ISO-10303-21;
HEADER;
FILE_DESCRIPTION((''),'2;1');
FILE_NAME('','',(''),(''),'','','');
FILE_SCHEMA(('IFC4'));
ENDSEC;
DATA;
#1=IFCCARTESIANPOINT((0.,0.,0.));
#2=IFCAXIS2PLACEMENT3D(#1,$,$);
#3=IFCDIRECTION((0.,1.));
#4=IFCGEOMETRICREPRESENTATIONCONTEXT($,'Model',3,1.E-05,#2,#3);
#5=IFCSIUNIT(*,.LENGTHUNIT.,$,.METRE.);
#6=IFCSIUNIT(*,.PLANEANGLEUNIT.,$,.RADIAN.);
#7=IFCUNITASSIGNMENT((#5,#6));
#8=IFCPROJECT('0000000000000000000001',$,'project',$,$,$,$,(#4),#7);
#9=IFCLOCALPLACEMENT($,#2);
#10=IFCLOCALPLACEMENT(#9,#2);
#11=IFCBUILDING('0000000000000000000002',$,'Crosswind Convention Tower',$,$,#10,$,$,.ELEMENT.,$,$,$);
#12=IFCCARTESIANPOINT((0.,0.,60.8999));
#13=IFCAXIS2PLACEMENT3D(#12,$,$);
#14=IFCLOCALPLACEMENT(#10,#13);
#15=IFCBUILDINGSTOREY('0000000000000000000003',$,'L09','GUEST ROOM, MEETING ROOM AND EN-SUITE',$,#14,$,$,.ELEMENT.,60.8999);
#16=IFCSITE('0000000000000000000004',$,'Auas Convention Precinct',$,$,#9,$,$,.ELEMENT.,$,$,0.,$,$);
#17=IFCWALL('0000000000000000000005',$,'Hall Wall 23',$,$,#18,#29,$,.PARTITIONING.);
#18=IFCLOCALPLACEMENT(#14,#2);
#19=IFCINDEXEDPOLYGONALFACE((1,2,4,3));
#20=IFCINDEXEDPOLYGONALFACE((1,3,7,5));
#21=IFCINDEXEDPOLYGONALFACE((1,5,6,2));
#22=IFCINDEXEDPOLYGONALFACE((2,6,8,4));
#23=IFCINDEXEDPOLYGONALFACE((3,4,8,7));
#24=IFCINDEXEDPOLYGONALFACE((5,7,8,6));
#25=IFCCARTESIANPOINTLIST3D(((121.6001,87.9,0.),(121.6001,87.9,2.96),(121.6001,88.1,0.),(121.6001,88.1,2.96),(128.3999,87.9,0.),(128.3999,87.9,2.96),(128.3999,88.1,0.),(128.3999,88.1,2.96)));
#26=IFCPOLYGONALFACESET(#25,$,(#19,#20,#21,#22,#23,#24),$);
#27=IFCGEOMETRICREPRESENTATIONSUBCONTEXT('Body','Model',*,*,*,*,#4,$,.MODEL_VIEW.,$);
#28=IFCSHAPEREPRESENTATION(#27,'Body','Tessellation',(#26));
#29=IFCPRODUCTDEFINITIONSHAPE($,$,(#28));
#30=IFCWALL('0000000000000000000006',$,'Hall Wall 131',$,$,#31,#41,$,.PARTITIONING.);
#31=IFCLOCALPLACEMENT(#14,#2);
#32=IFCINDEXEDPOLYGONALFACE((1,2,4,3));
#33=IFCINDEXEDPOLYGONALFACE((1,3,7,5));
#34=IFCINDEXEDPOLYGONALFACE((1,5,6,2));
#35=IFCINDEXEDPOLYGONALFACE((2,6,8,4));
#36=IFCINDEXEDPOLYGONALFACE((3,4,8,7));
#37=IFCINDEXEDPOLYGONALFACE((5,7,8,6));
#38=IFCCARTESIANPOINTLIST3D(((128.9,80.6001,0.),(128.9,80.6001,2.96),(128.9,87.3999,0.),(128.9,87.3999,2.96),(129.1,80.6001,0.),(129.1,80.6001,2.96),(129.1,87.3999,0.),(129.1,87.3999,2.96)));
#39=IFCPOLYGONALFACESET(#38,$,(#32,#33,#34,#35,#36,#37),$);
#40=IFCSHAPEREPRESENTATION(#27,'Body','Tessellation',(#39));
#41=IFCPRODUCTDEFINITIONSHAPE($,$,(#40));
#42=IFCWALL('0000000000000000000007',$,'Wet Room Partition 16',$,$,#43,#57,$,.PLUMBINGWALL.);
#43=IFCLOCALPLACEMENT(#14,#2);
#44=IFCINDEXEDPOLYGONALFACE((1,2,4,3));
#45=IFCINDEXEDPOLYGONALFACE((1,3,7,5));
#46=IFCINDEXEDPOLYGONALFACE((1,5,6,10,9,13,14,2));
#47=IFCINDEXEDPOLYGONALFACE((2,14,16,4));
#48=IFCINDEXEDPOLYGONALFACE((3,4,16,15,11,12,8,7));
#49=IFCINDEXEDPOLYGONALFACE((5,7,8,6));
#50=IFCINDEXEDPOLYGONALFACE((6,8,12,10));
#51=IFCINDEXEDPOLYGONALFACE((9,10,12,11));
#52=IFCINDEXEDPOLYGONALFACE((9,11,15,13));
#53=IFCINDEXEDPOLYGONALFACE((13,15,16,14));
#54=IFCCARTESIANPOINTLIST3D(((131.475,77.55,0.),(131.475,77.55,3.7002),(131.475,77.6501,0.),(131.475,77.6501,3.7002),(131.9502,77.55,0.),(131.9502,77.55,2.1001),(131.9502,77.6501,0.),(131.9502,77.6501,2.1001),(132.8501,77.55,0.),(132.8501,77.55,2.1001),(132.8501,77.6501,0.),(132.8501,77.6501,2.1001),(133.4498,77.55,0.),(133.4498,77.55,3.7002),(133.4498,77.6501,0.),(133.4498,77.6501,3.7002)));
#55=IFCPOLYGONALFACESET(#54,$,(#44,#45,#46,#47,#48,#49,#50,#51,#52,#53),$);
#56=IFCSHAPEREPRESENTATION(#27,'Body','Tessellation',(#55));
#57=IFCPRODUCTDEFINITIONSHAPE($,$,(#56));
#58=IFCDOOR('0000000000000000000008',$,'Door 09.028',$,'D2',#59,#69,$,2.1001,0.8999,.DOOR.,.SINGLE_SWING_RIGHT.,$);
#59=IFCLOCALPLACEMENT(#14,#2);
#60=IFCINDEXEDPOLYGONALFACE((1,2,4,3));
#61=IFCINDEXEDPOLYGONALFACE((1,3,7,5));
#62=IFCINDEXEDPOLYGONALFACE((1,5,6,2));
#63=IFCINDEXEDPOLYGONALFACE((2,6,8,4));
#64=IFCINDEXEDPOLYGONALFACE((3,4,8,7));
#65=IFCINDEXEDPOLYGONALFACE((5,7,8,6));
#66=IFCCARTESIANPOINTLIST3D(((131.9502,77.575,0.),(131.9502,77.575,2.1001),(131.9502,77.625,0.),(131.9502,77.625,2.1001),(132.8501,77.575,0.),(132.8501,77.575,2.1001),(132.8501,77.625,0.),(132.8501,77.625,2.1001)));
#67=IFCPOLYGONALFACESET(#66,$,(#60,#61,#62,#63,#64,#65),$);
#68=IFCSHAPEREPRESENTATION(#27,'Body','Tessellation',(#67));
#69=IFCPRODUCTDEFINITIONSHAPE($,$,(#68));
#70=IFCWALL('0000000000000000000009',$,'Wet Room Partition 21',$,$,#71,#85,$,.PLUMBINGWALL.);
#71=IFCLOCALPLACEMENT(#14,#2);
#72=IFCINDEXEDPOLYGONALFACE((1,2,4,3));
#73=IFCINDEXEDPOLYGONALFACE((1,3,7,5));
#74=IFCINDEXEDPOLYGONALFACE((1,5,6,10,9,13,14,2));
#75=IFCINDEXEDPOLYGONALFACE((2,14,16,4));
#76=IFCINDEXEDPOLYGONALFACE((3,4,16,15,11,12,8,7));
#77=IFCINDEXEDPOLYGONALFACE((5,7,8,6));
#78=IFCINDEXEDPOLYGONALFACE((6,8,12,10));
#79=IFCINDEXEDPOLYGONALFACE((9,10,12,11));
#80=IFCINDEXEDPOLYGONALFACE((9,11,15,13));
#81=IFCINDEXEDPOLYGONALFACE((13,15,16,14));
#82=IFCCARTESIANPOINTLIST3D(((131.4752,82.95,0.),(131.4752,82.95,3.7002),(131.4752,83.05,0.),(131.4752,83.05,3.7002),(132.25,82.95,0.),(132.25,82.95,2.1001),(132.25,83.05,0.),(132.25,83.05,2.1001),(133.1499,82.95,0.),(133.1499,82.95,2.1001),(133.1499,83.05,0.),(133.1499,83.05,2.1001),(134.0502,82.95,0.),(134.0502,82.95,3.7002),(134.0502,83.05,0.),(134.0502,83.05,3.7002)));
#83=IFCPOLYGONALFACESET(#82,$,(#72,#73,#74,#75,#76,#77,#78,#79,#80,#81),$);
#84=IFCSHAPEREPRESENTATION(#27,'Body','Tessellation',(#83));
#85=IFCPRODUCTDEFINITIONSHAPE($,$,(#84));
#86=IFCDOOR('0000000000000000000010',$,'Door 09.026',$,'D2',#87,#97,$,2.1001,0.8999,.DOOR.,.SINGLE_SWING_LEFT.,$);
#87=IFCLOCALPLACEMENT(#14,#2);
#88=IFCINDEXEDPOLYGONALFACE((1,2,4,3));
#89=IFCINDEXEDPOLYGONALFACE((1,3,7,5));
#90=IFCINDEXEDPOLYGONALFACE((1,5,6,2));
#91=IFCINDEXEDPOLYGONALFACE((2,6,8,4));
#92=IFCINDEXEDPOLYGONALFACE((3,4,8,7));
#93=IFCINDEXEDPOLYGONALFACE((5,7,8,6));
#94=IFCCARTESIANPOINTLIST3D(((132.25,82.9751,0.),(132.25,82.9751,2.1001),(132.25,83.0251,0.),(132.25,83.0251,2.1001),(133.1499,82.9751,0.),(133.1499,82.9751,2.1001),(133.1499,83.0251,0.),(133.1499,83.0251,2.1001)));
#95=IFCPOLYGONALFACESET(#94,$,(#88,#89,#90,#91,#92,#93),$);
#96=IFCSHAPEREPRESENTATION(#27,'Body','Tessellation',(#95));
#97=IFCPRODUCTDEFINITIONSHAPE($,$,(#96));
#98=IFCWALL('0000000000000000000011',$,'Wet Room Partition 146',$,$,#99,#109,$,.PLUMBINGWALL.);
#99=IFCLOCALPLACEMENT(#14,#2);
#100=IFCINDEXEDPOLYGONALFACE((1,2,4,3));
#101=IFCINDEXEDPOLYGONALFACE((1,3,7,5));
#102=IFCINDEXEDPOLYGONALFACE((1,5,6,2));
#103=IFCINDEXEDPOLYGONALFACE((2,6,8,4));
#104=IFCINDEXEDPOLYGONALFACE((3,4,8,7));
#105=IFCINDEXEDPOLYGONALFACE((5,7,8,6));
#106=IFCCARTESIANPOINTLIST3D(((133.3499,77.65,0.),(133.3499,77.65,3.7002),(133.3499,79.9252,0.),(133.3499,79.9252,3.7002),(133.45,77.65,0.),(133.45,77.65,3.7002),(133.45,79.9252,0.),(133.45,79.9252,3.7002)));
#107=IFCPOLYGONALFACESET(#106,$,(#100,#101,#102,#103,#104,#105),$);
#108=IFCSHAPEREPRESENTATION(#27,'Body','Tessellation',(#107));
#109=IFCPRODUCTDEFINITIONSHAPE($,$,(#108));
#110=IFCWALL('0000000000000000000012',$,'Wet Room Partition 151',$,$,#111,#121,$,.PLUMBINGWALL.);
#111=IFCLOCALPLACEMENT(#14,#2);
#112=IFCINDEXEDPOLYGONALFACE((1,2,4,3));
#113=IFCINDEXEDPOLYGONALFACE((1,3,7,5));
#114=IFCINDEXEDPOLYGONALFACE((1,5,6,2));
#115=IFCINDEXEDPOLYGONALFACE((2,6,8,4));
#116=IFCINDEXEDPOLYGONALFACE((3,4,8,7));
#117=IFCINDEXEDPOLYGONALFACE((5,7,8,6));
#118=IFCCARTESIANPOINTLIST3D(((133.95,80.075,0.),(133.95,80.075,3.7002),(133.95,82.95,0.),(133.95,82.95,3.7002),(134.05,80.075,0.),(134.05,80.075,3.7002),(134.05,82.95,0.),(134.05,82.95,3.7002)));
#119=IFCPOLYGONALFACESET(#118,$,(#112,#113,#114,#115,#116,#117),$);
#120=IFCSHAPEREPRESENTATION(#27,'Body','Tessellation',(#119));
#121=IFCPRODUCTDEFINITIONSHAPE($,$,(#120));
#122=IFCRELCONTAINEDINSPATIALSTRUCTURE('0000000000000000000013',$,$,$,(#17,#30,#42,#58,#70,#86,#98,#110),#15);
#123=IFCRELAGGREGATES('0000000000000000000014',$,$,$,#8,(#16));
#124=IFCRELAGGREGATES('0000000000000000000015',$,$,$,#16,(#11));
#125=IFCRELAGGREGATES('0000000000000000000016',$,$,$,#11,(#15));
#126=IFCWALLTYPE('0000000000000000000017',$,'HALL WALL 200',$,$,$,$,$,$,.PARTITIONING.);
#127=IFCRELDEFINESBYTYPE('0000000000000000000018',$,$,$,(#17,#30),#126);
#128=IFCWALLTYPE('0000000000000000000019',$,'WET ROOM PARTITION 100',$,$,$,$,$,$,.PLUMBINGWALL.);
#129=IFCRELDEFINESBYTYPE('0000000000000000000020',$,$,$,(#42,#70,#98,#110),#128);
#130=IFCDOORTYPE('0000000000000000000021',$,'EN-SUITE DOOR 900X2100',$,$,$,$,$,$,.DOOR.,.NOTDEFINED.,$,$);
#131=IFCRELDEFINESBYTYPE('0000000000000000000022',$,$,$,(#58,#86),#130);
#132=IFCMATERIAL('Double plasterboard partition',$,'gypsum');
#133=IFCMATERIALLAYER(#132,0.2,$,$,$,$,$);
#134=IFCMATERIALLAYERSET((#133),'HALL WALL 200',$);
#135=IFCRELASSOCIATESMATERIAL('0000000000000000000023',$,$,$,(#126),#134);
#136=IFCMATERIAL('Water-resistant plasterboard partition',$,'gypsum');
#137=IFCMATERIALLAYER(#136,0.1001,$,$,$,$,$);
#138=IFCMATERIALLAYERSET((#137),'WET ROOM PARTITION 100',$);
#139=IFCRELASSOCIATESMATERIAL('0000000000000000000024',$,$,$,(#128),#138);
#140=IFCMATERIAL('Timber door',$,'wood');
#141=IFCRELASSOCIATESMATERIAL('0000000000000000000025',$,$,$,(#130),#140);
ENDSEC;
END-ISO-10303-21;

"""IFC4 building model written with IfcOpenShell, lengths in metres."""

from ifc_helpers import new_model, si_unit, direction, frame, frame_2d, origin, place, context, subcontext, project, spatial, rectangle, extrude, material, layer, layer_set, type_object, element, fill, save


model = new_model("IFC4")

# Units and contexts
model_context = context("Model", 3, precision=1e-05, world=origin(), true_north=direction((0.0, 1.0)))
body_context = subcontext(model_context, "Body", "Model", "MODEL_VIEW")
ifc_project = project(units=[si_unit("LENGTHUNIT", "METRE"), si_unit("PLANEANGLEUNIT", "RADIAN")], contexts=[model_context])

# Site, building, storey
site_placement = place(None, origin())
site = spatial("IfcSite", under=ifc_project, at=site_placement, Name="Auas Convention Precinct", CompositionType="ELEMENT", RefElevation=0.0)
building_placement = place(site_placement, origin())
building = spatial("IfcBuilding", under=site, at=building_placement, Name="Crosswind Convention Tower", CompositionType="ELEMENT")
storey_placement = place(building_placement, frame((0.0, 0.0, 60.8999)))
storey = spatial("IfcBuildingStorey", under=building, at=storey_placement, Name="L09", Description="GUEST ROOM, MEETING ROOM AND EN-SUITE", CompositionType="ELEMENT", Elevation=60.8999)

# Walls
ifc_material_1 = material(Name="Double plasterboard partition", Category="gypsum")
ifc_layer_1 = layer(ifc_material_1, 0.2)
ifc_layer_set_1 = layer_set([ifc_layer_1], Name="HALL WALL 200")
wall_type_1 = type_object("IfcWallType", Name="HALL WALL 200", PredefinedType="PARTITIONING", material=ifc_layer_set_1)
for number, where, z_axis, x_axis, name in (
    (1, (121.6001, 88.0, 0.0), (0.0, 0.0, 1.0), (1.0, 0.0, 0.0), "Hall Wall 23"),
    (2, (129.0, 80.6001, 0.0), (0.0, 0.0, 1.0), (0.0, 1.0, 0.0), "Hall Wall 131"),
):
    element("IfcWall", number, at=place(storey_placement, frame(where, z_axis=z_axis, x_axis=x_axis)), inside=storey, type_object=wall_type_1, Name=name, PredefinedType="PARTITIONING", context=body_context, shape_type="SweptSolid", body=[
        extrude(rectangle(XDim=6.7998, YDim=0.2, at=frame_2d((3.3999, 0.0))), origin(), (0.0, 0.0, 1.0), 2.96),
    ])

# Walls, openings, doors
ifc_material_2 = material(Name="Water-resistant plasterboard partition", Category="gypsum")
ifc_layer_2 = layer(ifc_material_2, 0.1001)
ifc_layer_set_2 = layer_set([ifc_layer_2], Name="WET ROOM PARTITION 100")
wall_type_2 = type_object("IfcWallType", Name="WET ROOM PARTITION 100", PredefinedType="PLUMBINGWALL", material=ifc_layer_set_2)
wall_1_placement = place(storey_placement, frame((131.4751, 77.6001, 0.0), z_axis=(0.0, 0.0, 1.0), x_axis=(1.0, 0.0, 0.0)))
wall_1 = element("IfcWall", 3, at=wall_1_placement, inside=storey, type_object=wall_type_2, Name="Wet Room Partition 16", PredefinedType="PLUMBINGWALL", context=body_context, shape_type="SweptSolid", body=[
    extrude(rectangle(XDim=1.9749, YDim=0.1001, at=frame_2d((0.9873, 0.0))), origin(), (0.0, 0.0, 1.0), 3.7002),
])
opening_1_placement = place(wall_1_placement, frame((0.4751, 0.0, 0.0)))
opening_1 = element("IfcOpeningElement", 4, at=opening_1_placement, cuts=wall_1, PredefinedType="OPENING", context=body_context, shape_type="SweptSolid", body=[
    extrude(rectangle(XDim=0.8999, YDim=2.1001, at=frame_2d((0.45, 1.05))), frame((0.0, 0.0601, 0.0), z_axis=(0.0, -1.0, 0.0), x_axis=(1.0, 0.0, 0.0)), (0.0, 0.0, 1.0), 0.1201),
])
ifc_material_3 = material(Name="Timber door", Category="wood")
door_type = type_object("IfcDoorType", Name="EN-SUITE DOOR 900X2100", OperationType="NOTDEFINED", PredefinedType="DOOR", material=ifc_material_3)
door_1_placement = place(opening_1_placement, origin())
door_1 = element("IfcDoor", 5, at=door_1_placement, inside=storey, type_object=door_type, Name="Door 09.028", ObjectType="D2", OperationType="SINGLE_SWING_RIGHT", OverallHeight=2.1001, OverallWidth=0.8999, PredefinedType="DOOR", context=body_context, shape_type="SweptSolid", body=[
    extrude(rectangle(XDim=0.8999, YDim=2.1001, at=frame_2d((0.45, 1.05))), frame((0.0, 0.0249, 0.0), z_axis=(0.0, -1.0, 0.0), x_axis=(1.0, 0.0, 0.0)), (0.0, 0.0, 1.0), 0.05),
])
fill(opening_1, door_1)
wall_2_placement = place(storey_placement, frame((131.4751, 83.0, 0.0), z_axis=(0.0, 0.0, 1.0), x_axis=(1.0, 0.0, 0.0)))
wall_2 = element("IfcWall", 6, at=wall_2_placement, inside=storey, type_object=wall_type_2, Name="Wet Room Partition 21", PredefinedType="PLUMBINGWALL", context=body_context, shape_type="SweptSolid", body=[
    extrude(rectangle(XDim=2.575, YDim=0.1001, at=frame_2d((1.2876, 0.0))), origin(), (0.0, 0.0, 1.0), 3.7002),
])
opening_2_placement = place(wall_2_placement, frame((0.7749, 0.0, 0.0)))
opening_2 = element("IfcOpeningElement", 7, at=opening_2_placement, cuts=wall_2, PredefinedType="OPENING", context=body_context, shape_type="SweptSolid", body=[
    extrude(rectangle(XDim=0.8999, YDim=2.1001, at=frame_2d((0.45, 1.05))), frame((0.0, 0.0601, 0.0), z_axis=(0.0, -1.0, 0.0), x_axis=(1.0, 0.0, 0.0)), (0.0, 0.0, 1.0), 0.1201),
])
door_2_placement = place(opening_2_placement, frame((0.8999, 0.0, 0.0), z_axis=(0.0, 0.0, 1.0), x_axis=(-1.0, 0.0, 0.0)))
door_2 = element("IfcDoor", 8, at=door_2_placement, inside=storey, type_object=door_type, Name="Door 09.026", ObjectType="D2", OperationType="SINGLE_SWING_LEFT", OverallHeight=2.1001, OverallWidth=0.8999, PredefinedType="DOOR", context=body_context, shape_type="SweptSolid", body=[
    extrude(rectangle(XDim=0.8999, YDim=2.1001, at=frame_2d((0.45, 1.05))), frame((0.0, 0.0249, 0.0), z_axis=(0.0, -1.0, 0.0), x_axis=(1.0, 0.0, 0.0)), (0.0, 0.0, 1.0), 0.05),
])
fill(opening_2, door_2)

# Walls
wall_3_placement = place(storey_placement, frame((133.3999, 77.6499, 0.0), z_axis=(0.0, 0.0, 1.0), x_axis=(0.0, 1.0, 0.0)))
element("IfcWall", 9, at=wall_3_placement, inside=storey, type_object=wall_type_2, Name="Wet Room Partition 146", PredefinedType="PLUMBINGWALL", context=body_context, shape_type="SweptSolid", body=[
    extrude(rectangle(XDim=2.2751, YDim=0.1001, at=frame_2d((1.1377, 0.0))), origin(), (0.0, 0.0, 1.0), 3.7002),
])
wall_4_placement = place(storey_placement, frame((134.0, 80.075, 0.0), z_axis=(0.0, 0.0, 1.0), x_axis=(0.0, 1.0, 0.0)))
element("IfcWall", 10, at=wall_4_placement, inside=storey, type_object=wall_type_2, Name="Wet Room Partition 151", PredefinedType="PLUMBINGWALL", context=body_context, shape_type="SweptSolid", body=[
    extrude(rectangle(XDim=2.875, YDim=0.1001, at=frame_2d((1.4375, 0.0))), origin(), (0.0, 0.0, 1.0), 3.7002),
])

save(model, "model.ifc")
